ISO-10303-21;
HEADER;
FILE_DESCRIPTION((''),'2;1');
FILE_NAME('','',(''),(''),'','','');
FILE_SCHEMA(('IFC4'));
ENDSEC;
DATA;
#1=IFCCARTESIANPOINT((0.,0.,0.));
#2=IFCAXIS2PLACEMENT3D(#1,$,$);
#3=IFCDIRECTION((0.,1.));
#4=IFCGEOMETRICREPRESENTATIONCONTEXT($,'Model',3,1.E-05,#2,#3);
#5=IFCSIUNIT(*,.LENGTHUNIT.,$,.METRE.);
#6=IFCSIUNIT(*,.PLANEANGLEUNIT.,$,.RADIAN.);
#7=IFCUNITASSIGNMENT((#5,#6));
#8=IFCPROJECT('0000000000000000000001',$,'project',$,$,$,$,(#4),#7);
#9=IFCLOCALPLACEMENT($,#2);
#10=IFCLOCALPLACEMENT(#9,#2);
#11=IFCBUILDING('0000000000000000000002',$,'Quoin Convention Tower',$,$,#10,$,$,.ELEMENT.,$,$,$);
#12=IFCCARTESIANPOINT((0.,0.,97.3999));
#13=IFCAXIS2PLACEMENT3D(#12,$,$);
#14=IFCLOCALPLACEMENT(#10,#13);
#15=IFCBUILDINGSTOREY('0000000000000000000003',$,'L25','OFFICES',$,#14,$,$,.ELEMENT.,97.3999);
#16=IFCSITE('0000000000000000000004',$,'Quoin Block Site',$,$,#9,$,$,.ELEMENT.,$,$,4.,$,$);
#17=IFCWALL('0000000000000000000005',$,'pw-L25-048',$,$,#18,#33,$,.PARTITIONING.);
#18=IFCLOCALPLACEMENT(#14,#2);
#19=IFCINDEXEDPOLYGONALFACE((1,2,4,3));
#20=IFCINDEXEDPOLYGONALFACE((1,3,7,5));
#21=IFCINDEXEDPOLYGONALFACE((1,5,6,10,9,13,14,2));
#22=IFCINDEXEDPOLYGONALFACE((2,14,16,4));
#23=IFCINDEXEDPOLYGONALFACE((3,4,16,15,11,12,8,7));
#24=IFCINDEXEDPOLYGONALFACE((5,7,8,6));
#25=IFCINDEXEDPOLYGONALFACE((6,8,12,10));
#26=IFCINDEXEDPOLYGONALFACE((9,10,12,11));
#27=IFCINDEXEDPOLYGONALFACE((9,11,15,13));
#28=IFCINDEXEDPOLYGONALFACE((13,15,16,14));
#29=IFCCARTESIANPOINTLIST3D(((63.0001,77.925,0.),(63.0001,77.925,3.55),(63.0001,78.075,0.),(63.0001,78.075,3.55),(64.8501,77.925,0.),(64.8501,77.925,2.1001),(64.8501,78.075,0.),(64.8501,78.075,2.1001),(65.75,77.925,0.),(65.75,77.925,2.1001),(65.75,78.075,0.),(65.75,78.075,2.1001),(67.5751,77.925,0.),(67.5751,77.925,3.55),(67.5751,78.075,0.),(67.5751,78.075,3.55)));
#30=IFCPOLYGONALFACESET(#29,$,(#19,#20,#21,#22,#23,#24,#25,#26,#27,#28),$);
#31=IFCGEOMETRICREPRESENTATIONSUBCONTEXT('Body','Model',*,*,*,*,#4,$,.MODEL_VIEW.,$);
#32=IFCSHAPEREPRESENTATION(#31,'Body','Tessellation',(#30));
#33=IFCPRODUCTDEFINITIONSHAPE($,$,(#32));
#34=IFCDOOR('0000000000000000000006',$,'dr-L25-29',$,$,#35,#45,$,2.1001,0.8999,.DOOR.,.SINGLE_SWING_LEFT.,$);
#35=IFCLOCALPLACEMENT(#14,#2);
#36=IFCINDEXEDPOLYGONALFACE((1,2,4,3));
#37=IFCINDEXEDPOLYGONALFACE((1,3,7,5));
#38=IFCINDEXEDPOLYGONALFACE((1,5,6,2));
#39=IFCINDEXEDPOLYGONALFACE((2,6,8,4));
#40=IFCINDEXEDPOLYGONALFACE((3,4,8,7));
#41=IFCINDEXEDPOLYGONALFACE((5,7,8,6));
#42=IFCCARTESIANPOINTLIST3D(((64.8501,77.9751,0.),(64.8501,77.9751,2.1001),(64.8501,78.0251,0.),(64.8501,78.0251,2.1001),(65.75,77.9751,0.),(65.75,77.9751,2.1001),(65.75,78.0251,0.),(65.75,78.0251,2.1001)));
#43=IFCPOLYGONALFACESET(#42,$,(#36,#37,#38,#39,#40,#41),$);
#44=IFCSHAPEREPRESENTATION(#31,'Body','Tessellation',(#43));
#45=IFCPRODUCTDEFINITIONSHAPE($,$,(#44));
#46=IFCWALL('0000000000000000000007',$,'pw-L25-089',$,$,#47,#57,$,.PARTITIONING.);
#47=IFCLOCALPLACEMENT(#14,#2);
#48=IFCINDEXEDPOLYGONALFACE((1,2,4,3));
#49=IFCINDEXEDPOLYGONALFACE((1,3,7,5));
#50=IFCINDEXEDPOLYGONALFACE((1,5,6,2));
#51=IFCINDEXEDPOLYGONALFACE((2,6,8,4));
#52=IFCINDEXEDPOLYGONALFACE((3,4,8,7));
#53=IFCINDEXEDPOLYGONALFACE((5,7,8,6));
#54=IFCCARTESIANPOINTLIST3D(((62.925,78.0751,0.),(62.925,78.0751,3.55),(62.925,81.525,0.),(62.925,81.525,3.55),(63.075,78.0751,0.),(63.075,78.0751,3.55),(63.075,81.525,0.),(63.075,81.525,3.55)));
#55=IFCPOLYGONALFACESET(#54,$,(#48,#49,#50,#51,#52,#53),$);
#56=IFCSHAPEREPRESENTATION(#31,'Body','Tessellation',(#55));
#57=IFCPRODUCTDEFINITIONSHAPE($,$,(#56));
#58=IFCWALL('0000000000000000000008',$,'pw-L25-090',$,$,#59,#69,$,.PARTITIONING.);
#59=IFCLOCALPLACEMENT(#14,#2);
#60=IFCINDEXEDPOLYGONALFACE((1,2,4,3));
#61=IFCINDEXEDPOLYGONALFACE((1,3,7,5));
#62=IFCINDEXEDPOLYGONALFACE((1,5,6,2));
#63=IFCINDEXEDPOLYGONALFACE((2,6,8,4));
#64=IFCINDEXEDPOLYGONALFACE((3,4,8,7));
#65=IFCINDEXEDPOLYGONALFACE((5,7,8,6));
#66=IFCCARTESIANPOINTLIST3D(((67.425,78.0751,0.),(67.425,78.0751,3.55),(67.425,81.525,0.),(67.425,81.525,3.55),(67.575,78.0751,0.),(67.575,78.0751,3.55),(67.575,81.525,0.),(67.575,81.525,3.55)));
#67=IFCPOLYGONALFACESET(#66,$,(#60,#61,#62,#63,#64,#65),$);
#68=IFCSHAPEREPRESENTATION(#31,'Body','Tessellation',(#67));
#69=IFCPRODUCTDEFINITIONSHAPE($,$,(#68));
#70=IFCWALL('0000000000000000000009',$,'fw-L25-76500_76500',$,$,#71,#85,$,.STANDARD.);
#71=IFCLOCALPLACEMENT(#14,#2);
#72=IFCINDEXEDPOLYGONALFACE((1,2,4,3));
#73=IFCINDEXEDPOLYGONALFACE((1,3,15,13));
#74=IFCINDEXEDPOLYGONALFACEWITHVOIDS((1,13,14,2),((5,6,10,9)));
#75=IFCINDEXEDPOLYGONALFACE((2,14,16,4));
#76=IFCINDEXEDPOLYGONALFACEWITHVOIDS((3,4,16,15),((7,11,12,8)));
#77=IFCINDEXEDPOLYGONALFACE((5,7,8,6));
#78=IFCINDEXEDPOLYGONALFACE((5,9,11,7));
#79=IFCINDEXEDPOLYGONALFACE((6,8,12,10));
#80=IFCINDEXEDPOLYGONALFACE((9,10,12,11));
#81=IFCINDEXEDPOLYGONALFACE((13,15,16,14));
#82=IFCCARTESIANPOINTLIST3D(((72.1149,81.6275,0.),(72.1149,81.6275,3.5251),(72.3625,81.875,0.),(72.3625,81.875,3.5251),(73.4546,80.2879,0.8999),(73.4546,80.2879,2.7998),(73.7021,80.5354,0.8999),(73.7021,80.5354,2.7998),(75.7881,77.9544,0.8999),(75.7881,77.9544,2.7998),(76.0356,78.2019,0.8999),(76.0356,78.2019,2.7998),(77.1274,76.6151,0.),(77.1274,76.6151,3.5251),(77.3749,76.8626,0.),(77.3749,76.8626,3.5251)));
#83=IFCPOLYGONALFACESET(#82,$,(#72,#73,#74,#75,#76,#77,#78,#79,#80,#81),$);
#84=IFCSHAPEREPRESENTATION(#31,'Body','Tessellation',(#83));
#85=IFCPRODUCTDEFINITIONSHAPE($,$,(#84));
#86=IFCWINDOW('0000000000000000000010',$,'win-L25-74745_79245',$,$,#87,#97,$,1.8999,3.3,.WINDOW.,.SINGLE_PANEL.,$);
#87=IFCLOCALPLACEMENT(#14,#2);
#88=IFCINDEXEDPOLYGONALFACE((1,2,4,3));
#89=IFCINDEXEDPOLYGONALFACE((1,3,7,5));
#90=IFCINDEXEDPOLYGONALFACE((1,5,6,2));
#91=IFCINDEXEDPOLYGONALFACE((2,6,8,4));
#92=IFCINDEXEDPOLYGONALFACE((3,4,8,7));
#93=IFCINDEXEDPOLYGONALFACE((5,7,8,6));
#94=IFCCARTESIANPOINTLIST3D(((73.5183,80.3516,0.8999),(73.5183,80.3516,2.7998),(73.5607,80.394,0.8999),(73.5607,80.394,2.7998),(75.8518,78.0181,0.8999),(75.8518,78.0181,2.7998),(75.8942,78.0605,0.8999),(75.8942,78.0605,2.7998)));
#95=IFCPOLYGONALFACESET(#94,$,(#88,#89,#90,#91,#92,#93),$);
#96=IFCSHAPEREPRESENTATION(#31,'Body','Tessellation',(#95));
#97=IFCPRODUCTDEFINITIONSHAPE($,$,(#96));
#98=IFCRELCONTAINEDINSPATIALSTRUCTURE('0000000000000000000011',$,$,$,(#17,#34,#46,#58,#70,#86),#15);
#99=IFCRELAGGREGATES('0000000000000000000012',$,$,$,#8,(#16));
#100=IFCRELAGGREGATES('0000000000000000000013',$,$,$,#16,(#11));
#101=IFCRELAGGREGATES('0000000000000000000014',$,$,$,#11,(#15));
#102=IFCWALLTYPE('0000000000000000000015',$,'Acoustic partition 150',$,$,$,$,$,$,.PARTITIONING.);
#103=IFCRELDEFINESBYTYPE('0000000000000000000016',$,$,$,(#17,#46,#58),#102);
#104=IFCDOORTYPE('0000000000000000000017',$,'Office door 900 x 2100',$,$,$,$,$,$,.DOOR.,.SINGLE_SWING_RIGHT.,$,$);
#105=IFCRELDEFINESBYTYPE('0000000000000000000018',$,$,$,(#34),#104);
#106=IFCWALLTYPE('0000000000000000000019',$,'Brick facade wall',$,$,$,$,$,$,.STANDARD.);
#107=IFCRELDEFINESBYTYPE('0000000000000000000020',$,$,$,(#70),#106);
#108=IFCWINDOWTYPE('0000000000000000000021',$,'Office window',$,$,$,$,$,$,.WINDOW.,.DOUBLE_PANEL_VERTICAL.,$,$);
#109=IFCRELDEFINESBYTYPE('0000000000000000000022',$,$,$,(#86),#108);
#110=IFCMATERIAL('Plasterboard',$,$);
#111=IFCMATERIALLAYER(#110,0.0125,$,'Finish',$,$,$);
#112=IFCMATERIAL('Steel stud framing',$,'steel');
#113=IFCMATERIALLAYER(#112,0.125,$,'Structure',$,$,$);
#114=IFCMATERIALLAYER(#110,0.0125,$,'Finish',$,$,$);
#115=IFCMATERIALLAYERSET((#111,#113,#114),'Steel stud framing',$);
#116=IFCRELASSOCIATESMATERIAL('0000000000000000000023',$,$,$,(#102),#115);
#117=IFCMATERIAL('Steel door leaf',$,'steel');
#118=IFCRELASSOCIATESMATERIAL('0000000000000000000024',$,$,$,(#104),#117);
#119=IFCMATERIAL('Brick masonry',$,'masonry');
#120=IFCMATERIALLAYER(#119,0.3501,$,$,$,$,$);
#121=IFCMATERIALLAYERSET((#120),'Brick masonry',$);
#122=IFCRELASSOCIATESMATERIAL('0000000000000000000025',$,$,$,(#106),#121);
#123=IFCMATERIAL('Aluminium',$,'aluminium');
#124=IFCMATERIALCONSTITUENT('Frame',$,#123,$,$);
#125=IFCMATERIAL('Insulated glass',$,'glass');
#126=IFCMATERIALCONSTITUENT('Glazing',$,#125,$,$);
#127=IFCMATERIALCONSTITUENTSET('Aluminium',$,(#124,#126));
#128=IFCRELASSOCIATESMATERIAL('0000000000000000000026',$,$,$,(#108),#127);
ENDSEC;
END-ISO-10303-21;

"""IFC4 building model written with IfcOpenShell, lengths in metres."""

from ifc_helpers import new_model, si_unit, direction, frame, frame_2d, origin, place, context, subcontext, project, spatial, rectangle, extrude, material, layer, layer_set, constituent, constituent_set, type_object, element, fill, save


model = new_model("IFC4")

# Units and contexts
model_context = context("Model", 3, precision=1e-05, world=origin(), true_north=direction((0.0, 1.0)))
body_context = subcontext(model_context, "Body", "Model", "MODEL_VIEW")
ifc_project = project(units=[si_unit("LENGTHUNIT", "METRE"), si_unit("PLANEANGLEUNIT", "RADIAN")], contexts=[model_context])

# Site, building, storey
site_placement = place(None, origin())
site = spatial("IfcSite", under=ifc_project, at=site_placement, Name="Quoin Block Site", CompositionType="ELEMENT", RefElevation=4.0)
building_placement = place(site_placement, origin())
building = spatial("IfcBuilding", under=site, at=building_placement, Name="Quoin Convention Tower", CompositionType="ELEMENT")
storey_placement = place(building_placement, frame((0.0, 0.0, 97.3999)))
storey = spatial("IfcBuildingStorey", under=building, at=storey_placement, Name="L25", Description="OFFICES", CompositionType="ELEMENT", Elevation=97.3999)

# Wall, opening, door
ifc_material_1 = material(Name="Plasterboard")
ifc_layer_1 = layer(ifc_material_1, 0.0125, Name="Finish")
ifc_material_2 = material(Name="Steel stud framing", Category="steel")
ifc_layer_2 = layer(ifc_material_2, 0.125, Name="Structure")
ifc_layer_3 = layer(ifc_material_1, 0.0125, Name="Finish")
ifc_layer_set_1 = layer_set([ifc_layer_1, ifc_layer_2, ifc_layer_3], Name="Steel stud framing")
wall_type_1 = type_object("IfcWallType", Name="Acoustic partition 150", PredefinedType="PARTITIONING", material=ifc_layer_set_1)
wall_1_placement = place(storey_placement, frame((63.0, 78.0, 0.0), z_axis=(0.0, 0.0, 1.0), x_axis=(1.0, 0.0, 0.0)))
wall_1 = element("IfcWall", 1, at=wall_1_placement, inside=storey, type_object=wall_type_1, Name="pw-L25-048", PredefinedType="PARTITIONING", context=body_context, shape_type="SweptSolid", body=[
    extrude(rectangle(XDim=4.575, YDim=0.1499, at=frame_2d((2.2876, 0.0))), origin(), (0.0, 0.0, 1.0), 3.55),
])
opening_1_placement = place(wall_1_placement, frame((1.8501, 0.0, 0.0)))
opening_1 = element("IfcOpeningElement", 2, at=opening_1_placement, cuts=wall_1, PredefinedType="OPENING", context=body_context, shape_type="SweptSolid", body=[
    extrude(rectangle(XDim=0.8999, YDim=2.1001, at=frame_2d((0.45, 1.05))), frame((0.0, 0.085, 0.0), z_axis=(0.0, -1.0, 0.0), x_axis=(1.0, 0.0, 0.0)), (0.0, 0.0, 1.0), 0.1699),
])
ifc_material_3 = material(Name="Steel door leaf", Category="steel")
door_type = type_object("IfcDoorType", Name="Office door 900 x 2100", OperationType="SINGLE_SWING_RIGHT", PredefinedType="DOOR", material=ifc_material_3)
door_placement = place(opening_1_placement, frame((0.8999, 0.0, 0.0), z_axis=(0.0, 0.0, 1.0), x_axis=(-1.0, 0.0, 0.0)))
door = element("IfcDoor", 3, at=door_placement, inside=storey, type_object=door_type, Name="dr-L25-29", OperationType="SINGLE_SWING_LEFT", OverallHeight=2.1001, OverallWidth=0.8999, PredefinedType="DOOR", context=body_context, shape_type="SweptSolid", body=[
    extrude(rectangle(XDim=0.8999, YDim=2.1001, at=frame_2d((0.45, 1.05))), frame((0.0, 0.0249, 0.0), z_axis=(0.0, -1.0, 0.0), x_axis=(1.0, 0.0, 0.0)), (0.0, 0.0, 1.0), 0.05),
])
fill(opening_1, door)

# Walls
for number, where, z_axis, x_axis, name in (
    (4, (63.0, 78.075, 0.0), (0.0, 0.0, 1.0), (0.0, 1.0, 0.0), "pw-L25-089"),
    (5, (67.5, 78.075, 0.0), (0.0, 0.0, 1.0), (0.0, 1.0, 0.0), "pw-L25-090"),
):
    element("IfcWall", number, at=place(storey_placement, frame(where, z_axis=z_axis, x_axis=x_axis)), inside=storey, type_object=wall_type_1, Name=name, PredefinedType="PARTITIONING", context=body_context, shape_type="SweptSolid", body=[
        extrude(rectangle(XDim=3.45, YDim=0.1499, at=frame_2d((1.7251, 0.0))), origin(), (0.0, 0.0, 1.0), 3.55),
    ])

# Wall, opening, window
ifc_material_4 = material(Name="Brick masonry", Category="masonry")
ifc_layer_4 = layer(ifc_material_4, 0.3501)
ifc_layer_set_2 = layer_set([ifc_layer_4], Name="Brick masonry")
wall_type_2 = type_object("IfcWallType", Name="Brick facade wall", PredefinedType="STANDARD", material=ifc_layer_set_2)
wall_2_placement = place(storey_placement, frame((77.2512, 76.7388, 0.0), z_axis=(0.0, 0.0, 1.0), x_axis=(-0.707107, 0.707107, 0.0)))
wall_2 = element("IfcWall", 6, at=wall_2_placement, inside=storey, type_object=wall_type_2, Name="fw-L25-76500_76500", PredefinedType="STANDARD", context=body_context, shape_type="SweptSolid", body=[
    extrude(rectangle(XDim=7.0886, YDim=0.3501, at=frame_2d((3.5444, 0.0))), origin(), (0.0, 0.0, 1.0), 3.5251),
])
opening_2_placement = place(wall_2_placement, frame((1.8943, 0.0, 0.8999)))
opening_2 = element("IfcOpeningElement", 7, at=opening_2_placement, cuts=wall_2, PredefinedType="OPENING", context=body_context, shape_type="SweptSolid", body=[
    extrude(rectangle(XDim=3.3, YDim=1.8999, at=frame_2d((1.6499, 0.95))), frame((0.0, 0.1851, 0.0), z_axis=(0.0, -1.0, 0.0), x_axis=(1.0, 0.0, 0.0)), (0.0, 0.0, 1.0), 0.3701),
])
ifc_material_5 = material(Name="Aluminium", Category="aluminium")
ifc_constituent_1 = constituent(ifc_material_5, Name="Frame")
ifc_material_6 = material(Name="Insulated glass", Category="glass")
ifc_constituent_2 = constituent(ifc_material_6, Name="Glazing")
ifc_constituent_set = constituent_set(constituents=[ifc_constituent_1, ifc_constituent_2], Name="Aluminium")
window_type = type_object("IfcWindowType", Name="Office window", PartitioningType="DOUBLE_PANEL_VERTICAL", PredefinedType="WINDOW", material=ifc_constituent_set)
window_1_placement = place(opening_2_placement, origin())
window_1 = element("IfcWindow", 8, at=window_1_placement, inside=storey, type_object=window_type, Name="win-L25-74745_79245", OverallHeight=1.8999, OverallWidth=3.3, PartitioningType="SINGLE_PANEL", PredefinedType="WINDOW", context=body_context, shape_type="SweptSolid", body=[
    extrude(rectangle(XDim=3.3, YDim=1.8999, at=frame_2d((1.6499, 0.95))), frame((0.0, 0.085, 0.0), z_axis=(0.0, -1.0, 0.0), x_axis=(1.0, 0.0, 0.0)), (0.0, 0.0, 1.0), 0.0601),
])
fill(opening_2, window_1)

save(model, "model.ifc")
